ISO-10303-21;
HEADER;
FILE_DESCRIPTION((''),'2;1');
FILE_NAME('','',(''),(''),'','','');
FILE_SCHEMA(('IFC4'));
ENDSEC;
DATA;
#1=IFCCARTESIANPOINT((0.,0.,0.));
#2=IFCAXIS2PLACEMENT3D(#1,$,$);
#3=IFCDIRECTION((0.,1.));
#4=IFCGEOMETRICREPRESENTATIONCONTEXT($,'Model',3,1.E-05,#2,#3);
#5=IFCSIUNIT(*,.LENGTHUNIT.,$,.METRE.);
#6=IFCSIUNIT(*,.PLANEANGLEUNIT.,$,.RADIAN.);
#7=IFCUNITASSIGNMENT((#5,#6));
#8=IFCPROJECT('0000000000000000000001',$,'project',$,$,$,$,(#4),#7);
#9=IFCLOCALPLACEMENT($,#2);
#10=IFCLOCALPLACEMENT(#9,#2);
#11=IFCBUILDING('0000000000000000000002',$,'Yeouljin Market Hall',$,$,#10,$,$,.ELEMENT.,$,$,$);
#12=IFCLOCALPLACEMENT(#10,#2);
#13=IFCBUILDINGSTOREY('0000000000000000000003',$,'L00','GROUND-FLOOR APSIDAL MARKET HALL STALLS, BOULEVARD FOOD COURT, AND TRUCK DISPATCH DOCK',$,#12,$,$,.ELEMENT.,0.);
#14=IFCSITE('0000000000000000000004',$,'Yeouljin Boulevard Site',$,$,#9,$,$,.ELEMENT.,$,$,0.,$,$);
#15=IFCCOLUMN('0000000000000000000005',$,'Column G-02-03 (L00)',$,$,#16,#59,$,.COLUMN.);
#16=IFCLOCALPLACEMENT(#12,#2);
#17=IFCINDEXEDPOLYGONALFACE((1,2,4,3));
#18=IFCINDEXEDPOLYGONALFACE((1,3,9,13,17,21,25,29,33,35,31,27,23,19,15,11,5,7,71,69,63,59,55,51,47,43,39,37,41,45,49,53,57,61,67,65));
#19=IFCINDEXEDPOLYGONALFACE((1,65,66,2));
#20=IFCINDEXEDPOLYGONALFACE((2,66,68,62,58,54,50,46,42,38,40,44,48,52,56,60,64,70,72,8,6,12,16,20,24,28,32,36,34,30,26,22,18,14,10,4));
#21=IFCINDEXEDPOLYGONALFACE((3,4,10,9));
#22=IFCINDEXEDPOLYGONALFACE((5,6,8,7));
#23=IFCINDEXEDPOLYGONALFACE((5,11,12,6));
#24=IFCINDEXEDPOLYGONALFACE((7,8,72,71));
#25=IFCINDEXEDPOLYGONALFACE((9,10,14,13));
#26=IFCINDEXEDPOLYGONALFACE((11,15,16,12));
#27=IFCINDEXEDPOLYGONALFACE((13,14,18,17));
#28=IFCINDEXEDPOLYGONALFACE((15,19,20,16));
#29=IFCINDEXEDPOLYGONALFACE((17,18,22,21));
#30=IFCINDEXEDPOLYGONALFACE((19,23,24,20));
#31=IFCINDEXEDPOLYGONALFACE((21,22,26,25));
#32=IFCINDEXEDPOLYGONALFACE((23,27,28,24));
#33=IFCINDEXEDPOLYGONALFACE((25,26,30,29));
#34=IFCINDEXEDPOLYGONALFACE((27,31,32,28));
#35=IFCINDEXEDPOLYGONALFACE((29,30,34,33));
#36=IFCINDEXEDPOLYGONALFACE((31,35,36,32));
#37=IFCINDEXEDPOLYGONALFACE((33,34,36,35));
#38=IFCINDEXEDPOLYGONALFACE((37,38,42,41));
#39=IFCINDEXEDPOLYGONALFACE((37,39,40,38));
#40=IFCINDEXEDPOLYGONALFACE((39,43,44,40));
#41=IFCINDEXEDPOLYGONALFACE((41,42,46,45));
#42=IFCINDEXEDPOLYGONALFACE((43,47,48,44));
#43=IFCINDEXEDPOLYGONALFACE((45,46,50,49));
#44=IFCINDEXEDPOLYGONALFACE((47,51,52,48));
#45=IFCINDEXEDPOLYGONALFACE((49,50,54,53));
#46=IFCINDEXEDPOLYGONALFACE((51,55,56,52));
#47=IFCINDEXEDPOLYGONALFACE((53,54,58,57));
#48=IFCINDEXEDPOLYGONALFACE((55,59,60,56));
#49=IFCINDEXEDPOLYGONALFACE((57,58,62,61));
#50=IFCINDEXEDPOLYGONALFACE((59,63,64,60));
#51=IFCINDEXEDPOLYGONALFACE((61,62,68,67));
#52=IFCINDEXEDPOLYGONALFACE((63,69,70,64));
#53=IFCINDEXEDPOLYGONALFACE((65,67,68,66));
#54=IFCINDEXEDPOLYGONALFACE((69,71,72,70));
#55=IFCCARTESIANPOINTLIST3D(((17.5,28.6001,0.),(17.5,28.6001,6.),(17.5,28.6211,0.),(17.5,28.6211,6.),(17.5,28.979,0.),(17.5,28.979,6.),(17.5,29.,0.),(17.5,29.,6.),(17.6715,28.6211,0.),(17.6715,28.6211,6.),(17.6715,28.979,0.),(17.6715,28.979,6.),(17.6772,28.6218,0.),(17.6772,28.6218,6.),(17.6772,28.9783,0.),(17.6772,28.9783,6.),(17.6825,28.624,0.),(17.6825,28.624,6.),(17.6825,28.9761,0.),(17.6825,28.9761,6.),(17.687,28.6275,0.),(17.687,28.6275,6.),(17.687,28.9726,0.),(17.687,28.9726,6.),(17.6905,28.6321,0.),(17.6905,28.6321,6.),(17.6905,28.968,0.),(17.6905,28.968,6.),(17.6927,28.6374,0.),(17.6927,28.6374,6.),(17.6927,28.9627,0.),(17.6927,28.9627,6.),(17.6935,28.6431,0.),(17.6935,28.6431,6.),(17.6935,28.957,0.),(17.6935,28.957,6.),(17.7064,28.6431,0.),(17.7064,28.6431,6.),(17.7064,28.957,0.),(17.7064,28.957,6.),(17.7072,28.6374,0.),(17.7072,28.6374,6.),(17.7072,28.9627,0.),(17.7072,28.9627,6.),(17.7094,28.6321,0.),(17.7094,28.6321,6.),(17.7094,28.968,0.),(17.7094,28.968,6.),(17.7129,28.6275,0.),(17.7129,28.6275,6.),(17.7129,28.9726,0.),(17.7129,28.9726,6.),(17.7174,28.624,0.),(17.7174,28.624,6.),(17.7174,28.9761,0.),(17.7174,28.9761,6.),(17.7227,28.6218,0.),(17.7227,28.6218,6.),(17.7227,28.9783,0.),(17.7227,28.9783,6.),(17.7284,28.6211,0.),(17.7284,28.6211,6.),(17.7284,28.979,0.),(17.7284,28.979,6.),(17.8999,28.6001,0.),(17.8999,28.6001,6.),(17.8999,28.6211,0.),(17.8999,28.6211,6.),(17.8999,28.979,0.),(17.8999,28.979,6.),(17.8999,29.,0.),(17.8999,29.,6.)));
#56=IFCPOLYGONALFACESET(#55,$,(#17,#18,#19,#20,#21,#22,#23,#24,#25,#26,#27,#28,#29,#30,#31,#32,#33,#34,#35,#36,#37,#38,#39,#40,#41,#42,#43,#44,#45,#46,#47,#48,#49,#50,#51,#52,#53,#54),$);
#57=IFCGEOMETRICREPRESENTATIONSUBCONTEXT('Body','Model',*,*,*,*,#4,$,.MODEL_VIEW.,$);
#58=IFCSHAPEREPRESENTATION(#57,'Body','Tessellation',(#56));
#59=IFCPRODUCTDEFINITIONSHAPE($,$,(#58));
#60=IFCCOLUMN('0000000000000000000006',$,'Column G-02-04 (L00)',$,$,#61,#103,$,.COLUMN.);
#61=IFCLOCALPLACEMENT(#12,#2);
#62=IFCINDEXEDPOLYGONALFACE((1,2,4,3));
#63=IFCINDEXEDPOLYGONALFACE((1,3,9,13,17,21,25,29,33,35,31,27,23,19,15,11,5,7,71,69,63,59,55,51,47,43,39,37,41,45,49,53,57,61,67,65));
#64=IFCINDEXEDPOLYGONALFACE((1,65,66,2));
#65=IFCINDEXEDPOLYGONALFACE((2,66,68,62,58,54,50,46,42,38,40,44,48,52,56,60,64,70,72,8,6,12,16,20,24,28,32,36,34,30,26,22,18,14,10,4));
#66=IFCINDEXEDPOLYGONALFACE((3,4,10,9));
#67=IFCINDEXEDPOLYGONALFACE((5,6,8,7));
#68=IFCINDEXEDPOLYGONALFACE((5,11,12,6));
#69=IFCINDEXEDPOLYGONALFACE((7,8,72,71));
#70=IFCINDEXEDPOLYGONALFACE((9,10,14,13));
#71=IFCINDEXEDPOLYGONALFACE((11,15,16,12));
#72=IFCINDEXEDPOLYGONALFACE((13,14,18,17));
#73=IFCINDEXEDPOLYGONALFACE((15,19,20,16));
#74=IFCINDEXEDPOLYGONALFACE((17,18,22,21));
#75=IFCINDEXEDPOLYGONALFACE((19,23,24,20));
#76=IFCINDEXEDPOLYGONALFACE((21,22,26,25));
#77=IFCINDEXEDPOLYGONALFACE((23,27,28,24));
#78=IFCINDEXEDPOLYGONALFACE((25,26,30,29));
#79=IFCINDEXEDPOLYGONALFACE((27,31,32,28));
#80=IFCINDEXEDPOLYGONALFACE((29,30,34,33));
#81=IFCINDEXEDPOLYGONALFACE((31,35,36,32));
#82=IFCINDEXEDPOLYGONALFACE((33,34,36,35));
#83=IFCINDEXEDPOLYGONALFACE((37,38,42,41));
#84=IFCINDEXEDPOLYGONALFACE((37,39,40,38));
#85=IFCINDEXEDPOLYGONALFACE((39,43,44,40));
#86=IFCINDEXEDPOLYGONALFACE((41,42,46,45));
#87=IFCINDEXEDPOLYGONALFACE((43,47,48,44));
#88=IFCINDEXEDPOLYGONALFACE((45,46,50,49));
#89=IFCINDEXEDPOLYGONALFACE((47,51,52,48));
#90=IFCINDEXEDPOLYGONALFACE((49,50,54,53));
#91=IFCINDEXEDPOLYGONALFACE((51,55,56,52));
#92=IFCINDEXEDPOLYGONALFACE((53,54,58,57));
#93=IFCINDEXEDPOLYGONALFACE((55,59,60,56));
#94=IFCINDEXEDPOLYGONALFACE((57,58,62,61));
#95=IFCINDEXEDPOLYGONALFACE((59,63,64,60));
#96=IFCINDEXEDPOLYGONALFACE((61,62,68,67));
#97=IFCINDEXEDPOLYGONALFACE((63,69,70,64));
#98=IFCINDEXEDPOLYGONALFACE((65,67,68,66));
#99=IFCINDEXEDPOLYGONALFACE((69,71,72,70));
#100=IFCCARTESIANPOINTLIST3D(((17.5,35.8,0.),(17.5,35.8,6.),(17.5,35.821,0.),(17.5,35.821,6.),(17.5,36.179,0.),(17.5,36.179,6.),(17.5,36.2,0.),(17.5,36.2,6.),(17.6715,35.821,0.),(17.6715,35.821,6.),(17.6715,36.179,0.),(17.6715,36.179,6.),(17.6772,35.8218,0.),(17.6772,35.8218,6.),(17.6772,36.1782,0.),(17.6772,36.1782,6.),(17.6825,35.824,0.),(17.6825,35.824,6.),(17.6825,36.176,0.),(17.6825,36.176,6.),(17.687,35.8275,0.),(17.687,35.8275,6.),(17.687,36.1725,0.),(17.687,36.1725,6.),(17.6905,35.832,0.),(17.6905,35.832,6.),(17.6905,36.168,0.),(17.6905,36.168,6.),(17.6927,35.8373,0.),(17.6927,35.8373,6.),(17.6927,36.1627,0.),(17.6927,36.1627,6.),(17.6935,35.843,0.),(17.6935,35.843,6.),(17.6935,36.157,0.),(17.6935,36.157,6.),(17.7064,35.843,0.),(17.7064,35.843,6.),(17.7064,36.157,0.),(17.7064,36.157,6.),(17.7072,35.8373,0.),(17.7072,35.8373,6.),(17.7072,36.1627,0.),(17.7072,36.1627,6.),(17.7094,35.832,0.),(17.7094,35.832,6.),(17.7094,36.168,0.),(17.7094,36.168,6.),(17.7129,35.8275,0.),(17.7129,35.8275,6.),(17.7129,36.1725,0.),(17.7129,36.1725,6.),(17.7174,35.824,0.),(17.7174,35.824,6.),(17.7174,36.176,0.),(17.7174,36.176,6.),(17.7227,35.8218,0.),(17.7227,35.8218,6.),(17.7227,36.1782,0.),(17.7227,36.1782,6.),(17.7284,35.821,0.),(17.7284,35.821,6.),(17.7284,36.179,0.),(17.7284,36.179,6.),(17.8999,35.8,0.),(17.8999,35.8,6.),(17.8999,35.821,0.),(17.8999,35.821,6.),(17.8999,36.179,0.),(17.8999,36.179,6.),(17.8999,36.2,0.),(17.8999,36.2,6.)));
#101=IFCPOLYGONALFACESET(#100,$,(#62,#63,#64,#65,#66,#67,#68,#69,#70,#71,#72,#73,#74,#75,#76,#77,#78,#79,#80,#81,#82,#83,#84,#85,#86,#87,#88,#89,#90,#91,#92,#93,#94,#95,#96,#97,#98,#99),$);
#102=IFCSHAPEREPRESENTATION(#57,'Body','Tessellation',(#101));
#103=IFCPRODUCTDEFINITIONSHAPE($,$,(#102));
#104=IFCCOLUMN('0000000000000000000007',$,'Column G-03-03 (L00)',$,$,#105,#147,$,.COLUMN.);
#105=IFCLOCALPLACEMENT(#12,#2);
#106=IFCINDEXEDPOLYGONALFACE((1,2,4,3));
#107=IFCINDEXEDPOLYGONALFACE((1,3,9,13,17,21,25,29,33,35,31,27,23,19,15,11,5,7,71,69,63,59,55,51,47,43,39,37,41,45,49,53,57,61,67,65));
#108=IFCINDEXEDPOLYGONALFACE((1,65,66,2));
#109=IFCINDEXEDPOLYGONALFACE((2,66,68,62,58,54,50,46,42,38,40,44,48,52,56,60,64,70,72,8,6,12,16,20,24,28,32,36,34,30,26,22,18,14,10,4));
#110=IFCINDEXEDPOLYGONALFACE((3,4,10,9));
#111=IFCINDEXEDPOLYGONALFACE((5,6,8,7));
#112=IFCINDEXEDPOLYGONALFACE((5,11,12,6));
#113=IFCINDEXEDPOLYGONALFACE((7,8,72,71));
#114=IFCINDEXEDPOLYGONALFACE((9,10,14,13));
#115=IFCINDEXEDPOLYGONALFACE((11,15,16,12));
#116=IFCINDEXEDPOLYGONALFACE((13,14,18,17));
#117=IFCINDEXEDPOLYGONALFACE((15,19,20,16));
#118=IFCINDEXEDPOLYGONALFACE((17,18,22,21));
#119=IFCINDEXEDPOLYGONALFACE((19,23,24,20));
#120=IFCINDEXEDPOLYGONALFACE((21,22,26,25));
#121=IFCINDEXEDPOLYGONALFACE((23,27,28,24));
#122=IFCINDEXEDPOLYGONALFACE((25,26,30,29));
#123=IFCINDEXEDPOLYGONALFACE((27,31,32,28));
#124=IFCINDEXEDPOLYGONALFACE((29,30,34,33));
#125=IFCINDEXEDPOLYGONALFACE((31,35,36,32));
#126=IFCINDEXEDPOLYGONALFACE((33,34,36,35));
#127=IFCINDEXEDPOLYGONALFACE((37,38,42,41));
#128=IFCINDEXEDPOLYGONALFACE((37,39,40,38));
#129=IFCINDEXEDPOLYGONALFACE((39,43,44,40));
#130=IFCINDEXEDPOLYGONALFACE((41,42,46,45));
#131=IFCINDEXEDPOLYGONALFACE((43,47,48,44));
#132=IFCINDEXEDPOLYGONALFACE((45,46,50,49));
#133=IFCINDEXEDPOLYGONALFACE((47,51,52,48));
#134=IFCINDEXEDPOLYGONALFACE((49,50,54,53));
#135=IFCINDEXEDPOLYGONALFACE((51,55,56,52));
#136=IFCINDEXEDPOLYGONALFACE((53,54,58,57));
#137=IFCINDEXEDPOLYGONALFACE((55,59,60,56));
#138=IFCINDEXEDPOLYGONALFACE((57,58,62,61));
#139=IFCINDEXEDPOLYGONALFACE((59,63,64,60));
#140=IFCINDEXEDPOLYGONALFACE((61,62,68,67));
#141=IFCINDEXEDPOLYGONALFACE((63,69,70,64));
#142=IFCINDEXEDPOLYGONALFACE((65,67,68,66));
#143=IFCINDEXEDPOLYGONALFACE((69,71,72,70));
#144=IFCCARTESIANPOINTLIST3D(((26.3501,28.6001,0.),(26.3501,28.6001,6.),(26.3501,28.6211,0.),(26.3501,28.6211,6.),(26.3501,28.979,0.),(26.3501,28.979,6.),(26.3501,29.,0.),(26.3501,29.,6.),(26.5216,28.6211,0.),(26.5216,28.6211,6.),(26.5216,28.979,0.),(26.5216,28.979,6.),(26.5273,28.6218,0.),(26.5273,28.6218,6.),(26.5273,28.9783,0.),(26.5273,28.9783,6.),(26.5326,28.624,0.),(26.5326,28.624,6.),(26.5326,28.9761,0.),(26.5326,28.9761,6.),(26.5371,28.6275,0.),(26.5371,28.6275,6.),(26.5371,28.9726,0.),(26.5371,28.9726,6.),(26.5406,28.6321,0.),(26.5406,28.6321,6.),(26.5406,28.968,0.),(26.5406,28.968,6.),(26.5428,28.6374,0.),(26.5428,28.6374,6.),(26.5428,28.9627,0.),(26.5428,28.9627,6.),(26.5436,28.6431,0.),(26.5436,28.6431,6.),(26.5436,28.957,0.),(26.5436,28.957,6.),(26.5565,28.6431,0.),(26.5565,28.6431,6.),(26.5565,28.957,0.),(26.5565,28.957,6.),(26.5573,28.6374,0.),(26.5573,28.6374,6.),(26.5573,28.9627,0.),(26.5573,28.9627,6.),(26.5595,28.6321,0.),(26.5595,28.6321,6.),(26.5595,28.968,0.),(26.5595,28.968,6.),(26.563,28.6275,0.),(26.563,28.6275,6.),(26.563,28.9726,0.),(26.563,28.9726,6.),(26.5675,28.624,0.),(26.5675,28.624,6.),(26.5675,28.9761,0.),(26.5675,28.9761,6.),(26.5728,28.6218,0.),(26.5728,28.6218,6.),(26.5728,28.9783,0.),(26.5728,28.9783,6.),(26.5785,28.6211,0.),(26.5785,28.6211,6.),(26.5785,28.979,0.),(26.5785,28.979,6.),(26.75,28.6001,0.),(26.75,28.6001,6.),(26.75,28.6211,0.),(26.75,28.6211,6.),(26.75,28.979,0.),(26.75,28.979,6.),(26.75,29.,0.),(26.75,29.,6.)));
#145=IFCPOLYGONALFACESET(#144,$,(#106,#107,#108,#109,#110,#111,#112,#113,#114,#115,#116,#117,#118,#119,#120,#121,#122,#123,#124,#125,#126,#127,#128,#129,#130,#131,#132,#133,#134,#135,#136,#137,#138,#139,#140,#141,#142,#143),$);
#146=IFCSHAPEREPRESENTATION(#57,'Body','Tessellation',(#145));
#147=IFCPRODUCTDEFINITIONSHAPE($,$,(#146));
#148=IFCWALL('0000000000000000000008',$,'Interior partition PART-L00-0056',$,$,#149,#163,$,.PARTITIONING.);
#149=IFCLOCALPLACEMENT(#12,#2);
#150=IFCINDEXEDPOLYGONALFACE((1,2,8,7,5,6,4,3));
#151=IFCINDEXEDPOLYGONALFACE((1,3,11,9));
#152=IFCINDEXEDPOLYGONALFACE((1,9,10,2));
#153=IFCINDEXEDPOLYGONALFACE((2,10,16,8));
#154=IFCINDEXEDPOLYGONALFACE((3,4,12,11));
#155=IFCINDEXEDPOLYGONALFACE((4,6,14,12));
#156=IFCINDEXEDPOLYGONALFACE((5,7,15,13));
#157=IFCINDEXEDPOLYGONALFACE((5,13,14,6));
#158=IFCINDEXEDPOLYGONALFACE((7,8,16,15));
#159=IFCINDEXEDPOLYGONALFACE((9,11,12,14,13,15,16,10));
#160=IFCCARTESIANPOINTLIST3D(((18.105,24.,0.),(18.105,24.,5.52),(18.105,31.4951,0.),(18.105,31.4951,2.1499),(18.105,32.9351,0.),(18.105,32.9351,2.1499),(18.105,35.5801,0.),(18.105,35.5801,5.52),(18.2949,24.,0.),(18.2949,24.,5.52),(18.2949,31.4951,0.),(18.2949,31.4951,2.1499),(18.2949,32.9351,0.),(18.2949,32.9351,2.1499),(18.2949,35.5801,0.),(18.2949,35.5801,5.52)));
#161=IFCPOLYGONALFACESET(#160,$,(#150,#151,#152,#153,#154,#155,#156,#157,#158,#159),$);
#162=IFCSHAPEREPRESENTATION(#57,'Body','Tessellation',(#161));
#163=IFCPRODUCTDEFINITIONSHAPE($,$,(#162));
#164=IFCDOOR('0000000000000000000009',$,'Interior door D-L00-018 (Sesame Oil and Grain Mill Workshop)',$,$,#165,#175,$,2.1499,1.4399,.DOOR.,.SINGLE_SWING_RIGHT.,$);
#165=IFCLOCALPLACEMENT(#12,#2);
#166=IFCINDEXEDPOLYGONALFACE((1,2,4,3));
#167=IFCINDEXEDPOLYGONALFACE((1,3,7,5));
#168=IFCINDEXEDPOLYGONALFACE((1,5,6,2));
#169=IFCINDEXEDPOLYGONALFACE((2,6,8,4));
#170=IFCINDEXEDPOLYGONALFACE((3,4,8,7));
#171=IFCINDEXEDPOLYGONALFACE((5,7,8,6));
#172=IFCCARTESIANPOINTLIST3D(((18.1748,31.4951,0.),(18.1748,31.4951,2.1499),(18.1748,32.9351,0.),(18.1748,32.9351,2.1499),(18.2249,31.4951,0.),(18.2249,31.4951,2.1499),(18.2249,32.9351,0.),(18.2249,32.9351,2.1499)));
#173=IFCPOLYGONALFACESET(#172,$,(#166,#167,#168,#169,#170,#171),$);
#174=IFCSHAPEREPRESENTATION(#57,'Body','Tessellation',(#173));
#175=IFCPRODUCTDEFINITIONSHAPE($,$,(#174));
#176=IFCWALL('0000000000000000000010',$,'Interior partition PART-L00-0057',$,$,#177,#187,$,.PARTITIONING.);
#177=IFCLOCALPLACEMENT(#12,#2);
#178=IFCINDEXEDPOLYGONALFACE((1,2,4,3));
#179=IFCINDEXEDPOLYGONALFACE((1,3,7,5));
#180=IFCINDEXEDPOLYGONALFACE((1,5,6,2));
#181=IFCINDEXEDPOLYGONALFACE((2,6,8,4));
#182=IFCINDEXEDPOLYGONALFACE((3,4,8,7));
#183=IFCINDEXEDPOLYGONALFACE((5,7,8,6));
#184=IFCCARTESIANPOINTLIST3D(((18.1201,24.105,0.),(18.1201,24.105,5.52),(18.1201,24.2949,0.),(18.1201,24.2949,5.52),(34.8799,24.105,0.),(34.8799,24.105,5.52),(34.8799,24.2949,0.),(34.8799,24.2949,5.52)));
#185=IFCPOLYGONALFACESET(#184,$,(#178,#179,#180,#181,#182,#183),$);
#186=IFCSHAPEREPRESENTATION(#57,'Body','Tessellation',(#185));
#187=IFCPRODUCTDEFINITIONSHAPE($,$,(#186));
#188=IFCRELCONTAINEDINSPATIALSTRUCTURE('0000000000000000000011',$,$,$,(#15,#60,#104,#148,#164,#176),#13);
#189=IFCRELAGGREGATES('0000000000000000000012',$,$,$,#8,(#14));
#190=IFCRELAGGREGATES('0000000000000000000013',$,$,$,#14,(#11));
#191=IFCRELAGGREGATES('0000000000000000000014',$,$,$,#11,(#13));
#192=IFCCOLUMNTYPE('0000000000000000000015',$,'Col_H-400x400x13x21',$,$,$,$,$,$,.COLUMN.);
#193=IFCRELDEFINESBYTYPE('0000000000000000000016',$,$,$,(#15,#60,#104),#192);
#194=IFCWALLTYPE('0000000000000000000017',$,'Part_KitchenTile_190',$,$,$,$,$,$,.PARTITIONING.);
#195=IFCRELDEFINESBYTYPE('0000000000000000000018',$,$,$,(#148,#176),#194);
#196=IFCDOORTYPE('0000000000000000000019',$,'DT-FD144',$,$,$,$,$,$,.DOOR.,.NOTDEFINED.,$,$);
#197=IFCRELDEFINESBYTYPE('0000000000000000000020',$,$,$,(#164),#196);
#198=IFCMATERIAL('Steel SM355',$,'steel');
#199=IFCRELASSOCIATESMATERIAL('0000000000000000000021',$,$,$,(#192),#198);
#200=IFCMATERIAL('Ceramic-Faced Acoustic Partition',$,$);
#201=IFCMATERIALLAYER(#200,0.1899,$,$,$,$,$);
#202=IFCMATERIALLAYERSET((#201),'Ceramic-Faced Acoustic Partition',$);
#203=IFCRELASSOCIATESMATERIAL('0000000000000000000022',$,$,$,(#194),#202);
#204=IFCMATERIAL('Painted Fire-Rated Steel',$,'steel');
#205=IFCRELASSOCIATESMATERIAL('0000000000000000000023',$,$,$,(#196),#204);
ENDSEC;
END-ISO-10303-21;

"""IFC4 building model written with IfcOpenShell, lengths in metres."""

from ifc_helpers import new_model, si_unit, direction, frame, frame_2d, origin, origin_2d, place, context, subcontext, project, spatial, rectangle, i_section, extrude, material, layer, layer_set, material_profile, profile_set, type_object, element, fill, save


model = new_model("IFC4")

# Units and contexts
model_context = context("Model", 3, precision=1e-05, world=origin(), true_north=direction((0.0, 1.0)))
body_context = subcontext(model_context, "Body", "Model", "MODEL_VIEW")
ifc_project = project(units=[si_unit("LENGTHUNIT", "METRE"), si_unit("PLANEANGLEUNIT", "RADIAN")], contexts=[model_context])

# Site, building, storey
site_placement = place(None, origin())
site = spatial("IfcSite", under=ifc_project, at=site_placement, Name="Yeouljin Boulevard Site", CompositionType="ELEMENT", RefElevation=0.0)
building_placement = place(site_placement, origin())
building = spatial("IfcBuilding", under=site, at=building_placement, Name="Yeouljin Market Hall", CompositionType="ELEMENT")
storey_placement = place(building_placement, origin())
storey = spatial("IfcBuildingStorey", under=building, at=storey_placement, Name="L00", Description="GROUND-FLOOR APSIDAL MARKET HALL STALLS, BOULEVARD FOOD COURT, AND TRUCK DISPATCH DOCK", CompositionType="ELEMENT", Elevation=0.0)

# Columns
ifc_material_1 = material(Name="Steel SM355", Category="steel")
ifc_material_profile = material_profile(ifc_material_1, i_section(OverallWidth=0.3999, OverallDepth=0.3999, WebThickness=0.0129, FlangeThickness=0.021, FilletRadius=0.022, at=origin_2d()), Name="H-400x400x13x21")
ifc_profile_set = profile_set([ifc_material_profile], Name="Steel SM355")
column_type = type_object("IfcColumnType", Name="Col_H-400x400x13x21", PredefinedType="COLUMN", material=ifc_profile_set)
for number, where, z_axis, x_axis, name in (
    (1, (17.7, 28.8, 0.0), (0.0, 0.0, 1.0), (1.0, 0.0, 0.0), "Column G-02-03 (L00)"),
    (2, (17.7, 36.0, 0.0), (0.0, 0.0, 1.0), (1.0, 0.0, 0.0), "Column G-02-04 (L00)"),
    (3, (26.55, 28.8, 0.0), (0.0, 0.0, 1.0), (1.0, 0.0, 0.0), "Column G-03-03 (L00)"),
):
    element("IfcColumn", number, at=place(storey_placement, frame(where, z_axis=z_axis, x_axis=x_axis)), inside=storey, type_object=column_type, Name=name, PredefinedType="COLUMN", context=body_context, shape_type="SweptSolid", body=[
        extrude(i_section(OverallWidth=0.3999, OverallDepth=0.3999, WebThickness=0.0129, FlangeThickness=0.021, FilletRadius=0.022, at=origin_2d()), origin(), (0.0, 0.0, 1.0), 6.0),
    ])

# Wall, opening, door
ifc_material_2 = material(Name="Ceramic-Faced Acoustic Partition")
ifc_layer_1 = layer(ifc_material_2, 0.1899)
ifc_layer_set_1 = layer_set([ifc_layer_1], Name="Ceramic-Faced Acoustic Partition")
wall_type_1 = type_object("IfcWallType", Name="Part_KitchenTile_190", PredefinedType="PARTITIONING", material=ifc_layer_set_1)
wall_1_placement = place(storey_placement, frame((18.2, 35.5801, 0.0), z_axis=(0.0, 0.0, 1.0), x_axis=(0.0, -1.0, 0.0)))
wall_1 = element("IfcWall", 4, at=wall_1_placement, inside=storey, type_object=wall_type_1, Name="Interior partition PART-L00-0056", PredefinedType="PARTITIONING", context=body_context, shape_type="SweptSolid", body=[
    extrude(rectangle(XDim=11.5801, YDim=0.1899, at=frame_2d((5.79, 0.0))), origin(), (0.0, 0.0, 1.0), 5.52),
])
opening_1_placement = place(wall_1_placement, frame((2.645, 0.0, 0.0)))
opening_1 = element("IfcOpeningElement", 5, at=opening_1_placement, cuts=wall_1, PredefinedType="OPENING", context=body_context, shape_type="SweptSolid", body=[
    extrude(rectangle(XDim=1.4399, YDim=2.1499, at=frame_2d((0.72, 1.075))), frame((0.0, 0.105, 0.0), z_axis=(0.0, -1.0, 0.0), x_axis=(1.0, 0.0, 0.0)), (0.0, 0.0, 1.0), 0.21),
])
ifc_material_3 = material(Name="Painted Fire-Rated Steel", Category="steel")
door_type_1 = type_object("IfcDoorType", Name="DT-FD144", OperationType="NOTDEFINED", PredefinedType="DOOR", material=ifc_material_3)
door_1_placement = place(opening_1_placement, origin())
door_1 = element("IfcDoor", 6, at=door_1_placement, inside=storey, type_object=door_type_1, Name="Interior door D-L00-018 (Sesame Oil and Grain Mill Workshop)", OperationType="SINGLE_SWING_RIGHT", OverallHeight=2.1499, OverallWidth=1.4399, PredefinedType="DOOR", context=body_context, shape_type="SweptSolid", body=[
    extrude(rectangle(XDim=1.4399, YDim=2.1499, at=frame_2d((0.72, 1.075))), frame((0.0, 0.0249, 0.0), z_axis=(0.0, -1.0, 0.0), x_axis=(1.0, 0.0, 0.0)), (0.0, 0.0, 1.0), 0.05),
])
fill(opening_1, door_1)

# Wall
wall_2_placement = place(storey_placement, frame((18.1201, 24.2, 0.0), z_axis=(0.0, 0.0, 1.0), x_axis=(1.0, 0.0, 0.0)))
element("IfcWall", 7, at=wall_2_placement, inside=storey, type_object=wall_type_1, Name="Interior partition PART-L00-0057", PredefinedType="PARTITIONING", context=body_context, shape_type="SweptSolid", body=[
    extrude(rectangle(XDim=16.7598, YDim=0.1899, at=frame_2d((8.3799, 0.0))), origin(), (0.0, 0.0, 1.0), 5.52),
])

save(model, "model.ifc")
